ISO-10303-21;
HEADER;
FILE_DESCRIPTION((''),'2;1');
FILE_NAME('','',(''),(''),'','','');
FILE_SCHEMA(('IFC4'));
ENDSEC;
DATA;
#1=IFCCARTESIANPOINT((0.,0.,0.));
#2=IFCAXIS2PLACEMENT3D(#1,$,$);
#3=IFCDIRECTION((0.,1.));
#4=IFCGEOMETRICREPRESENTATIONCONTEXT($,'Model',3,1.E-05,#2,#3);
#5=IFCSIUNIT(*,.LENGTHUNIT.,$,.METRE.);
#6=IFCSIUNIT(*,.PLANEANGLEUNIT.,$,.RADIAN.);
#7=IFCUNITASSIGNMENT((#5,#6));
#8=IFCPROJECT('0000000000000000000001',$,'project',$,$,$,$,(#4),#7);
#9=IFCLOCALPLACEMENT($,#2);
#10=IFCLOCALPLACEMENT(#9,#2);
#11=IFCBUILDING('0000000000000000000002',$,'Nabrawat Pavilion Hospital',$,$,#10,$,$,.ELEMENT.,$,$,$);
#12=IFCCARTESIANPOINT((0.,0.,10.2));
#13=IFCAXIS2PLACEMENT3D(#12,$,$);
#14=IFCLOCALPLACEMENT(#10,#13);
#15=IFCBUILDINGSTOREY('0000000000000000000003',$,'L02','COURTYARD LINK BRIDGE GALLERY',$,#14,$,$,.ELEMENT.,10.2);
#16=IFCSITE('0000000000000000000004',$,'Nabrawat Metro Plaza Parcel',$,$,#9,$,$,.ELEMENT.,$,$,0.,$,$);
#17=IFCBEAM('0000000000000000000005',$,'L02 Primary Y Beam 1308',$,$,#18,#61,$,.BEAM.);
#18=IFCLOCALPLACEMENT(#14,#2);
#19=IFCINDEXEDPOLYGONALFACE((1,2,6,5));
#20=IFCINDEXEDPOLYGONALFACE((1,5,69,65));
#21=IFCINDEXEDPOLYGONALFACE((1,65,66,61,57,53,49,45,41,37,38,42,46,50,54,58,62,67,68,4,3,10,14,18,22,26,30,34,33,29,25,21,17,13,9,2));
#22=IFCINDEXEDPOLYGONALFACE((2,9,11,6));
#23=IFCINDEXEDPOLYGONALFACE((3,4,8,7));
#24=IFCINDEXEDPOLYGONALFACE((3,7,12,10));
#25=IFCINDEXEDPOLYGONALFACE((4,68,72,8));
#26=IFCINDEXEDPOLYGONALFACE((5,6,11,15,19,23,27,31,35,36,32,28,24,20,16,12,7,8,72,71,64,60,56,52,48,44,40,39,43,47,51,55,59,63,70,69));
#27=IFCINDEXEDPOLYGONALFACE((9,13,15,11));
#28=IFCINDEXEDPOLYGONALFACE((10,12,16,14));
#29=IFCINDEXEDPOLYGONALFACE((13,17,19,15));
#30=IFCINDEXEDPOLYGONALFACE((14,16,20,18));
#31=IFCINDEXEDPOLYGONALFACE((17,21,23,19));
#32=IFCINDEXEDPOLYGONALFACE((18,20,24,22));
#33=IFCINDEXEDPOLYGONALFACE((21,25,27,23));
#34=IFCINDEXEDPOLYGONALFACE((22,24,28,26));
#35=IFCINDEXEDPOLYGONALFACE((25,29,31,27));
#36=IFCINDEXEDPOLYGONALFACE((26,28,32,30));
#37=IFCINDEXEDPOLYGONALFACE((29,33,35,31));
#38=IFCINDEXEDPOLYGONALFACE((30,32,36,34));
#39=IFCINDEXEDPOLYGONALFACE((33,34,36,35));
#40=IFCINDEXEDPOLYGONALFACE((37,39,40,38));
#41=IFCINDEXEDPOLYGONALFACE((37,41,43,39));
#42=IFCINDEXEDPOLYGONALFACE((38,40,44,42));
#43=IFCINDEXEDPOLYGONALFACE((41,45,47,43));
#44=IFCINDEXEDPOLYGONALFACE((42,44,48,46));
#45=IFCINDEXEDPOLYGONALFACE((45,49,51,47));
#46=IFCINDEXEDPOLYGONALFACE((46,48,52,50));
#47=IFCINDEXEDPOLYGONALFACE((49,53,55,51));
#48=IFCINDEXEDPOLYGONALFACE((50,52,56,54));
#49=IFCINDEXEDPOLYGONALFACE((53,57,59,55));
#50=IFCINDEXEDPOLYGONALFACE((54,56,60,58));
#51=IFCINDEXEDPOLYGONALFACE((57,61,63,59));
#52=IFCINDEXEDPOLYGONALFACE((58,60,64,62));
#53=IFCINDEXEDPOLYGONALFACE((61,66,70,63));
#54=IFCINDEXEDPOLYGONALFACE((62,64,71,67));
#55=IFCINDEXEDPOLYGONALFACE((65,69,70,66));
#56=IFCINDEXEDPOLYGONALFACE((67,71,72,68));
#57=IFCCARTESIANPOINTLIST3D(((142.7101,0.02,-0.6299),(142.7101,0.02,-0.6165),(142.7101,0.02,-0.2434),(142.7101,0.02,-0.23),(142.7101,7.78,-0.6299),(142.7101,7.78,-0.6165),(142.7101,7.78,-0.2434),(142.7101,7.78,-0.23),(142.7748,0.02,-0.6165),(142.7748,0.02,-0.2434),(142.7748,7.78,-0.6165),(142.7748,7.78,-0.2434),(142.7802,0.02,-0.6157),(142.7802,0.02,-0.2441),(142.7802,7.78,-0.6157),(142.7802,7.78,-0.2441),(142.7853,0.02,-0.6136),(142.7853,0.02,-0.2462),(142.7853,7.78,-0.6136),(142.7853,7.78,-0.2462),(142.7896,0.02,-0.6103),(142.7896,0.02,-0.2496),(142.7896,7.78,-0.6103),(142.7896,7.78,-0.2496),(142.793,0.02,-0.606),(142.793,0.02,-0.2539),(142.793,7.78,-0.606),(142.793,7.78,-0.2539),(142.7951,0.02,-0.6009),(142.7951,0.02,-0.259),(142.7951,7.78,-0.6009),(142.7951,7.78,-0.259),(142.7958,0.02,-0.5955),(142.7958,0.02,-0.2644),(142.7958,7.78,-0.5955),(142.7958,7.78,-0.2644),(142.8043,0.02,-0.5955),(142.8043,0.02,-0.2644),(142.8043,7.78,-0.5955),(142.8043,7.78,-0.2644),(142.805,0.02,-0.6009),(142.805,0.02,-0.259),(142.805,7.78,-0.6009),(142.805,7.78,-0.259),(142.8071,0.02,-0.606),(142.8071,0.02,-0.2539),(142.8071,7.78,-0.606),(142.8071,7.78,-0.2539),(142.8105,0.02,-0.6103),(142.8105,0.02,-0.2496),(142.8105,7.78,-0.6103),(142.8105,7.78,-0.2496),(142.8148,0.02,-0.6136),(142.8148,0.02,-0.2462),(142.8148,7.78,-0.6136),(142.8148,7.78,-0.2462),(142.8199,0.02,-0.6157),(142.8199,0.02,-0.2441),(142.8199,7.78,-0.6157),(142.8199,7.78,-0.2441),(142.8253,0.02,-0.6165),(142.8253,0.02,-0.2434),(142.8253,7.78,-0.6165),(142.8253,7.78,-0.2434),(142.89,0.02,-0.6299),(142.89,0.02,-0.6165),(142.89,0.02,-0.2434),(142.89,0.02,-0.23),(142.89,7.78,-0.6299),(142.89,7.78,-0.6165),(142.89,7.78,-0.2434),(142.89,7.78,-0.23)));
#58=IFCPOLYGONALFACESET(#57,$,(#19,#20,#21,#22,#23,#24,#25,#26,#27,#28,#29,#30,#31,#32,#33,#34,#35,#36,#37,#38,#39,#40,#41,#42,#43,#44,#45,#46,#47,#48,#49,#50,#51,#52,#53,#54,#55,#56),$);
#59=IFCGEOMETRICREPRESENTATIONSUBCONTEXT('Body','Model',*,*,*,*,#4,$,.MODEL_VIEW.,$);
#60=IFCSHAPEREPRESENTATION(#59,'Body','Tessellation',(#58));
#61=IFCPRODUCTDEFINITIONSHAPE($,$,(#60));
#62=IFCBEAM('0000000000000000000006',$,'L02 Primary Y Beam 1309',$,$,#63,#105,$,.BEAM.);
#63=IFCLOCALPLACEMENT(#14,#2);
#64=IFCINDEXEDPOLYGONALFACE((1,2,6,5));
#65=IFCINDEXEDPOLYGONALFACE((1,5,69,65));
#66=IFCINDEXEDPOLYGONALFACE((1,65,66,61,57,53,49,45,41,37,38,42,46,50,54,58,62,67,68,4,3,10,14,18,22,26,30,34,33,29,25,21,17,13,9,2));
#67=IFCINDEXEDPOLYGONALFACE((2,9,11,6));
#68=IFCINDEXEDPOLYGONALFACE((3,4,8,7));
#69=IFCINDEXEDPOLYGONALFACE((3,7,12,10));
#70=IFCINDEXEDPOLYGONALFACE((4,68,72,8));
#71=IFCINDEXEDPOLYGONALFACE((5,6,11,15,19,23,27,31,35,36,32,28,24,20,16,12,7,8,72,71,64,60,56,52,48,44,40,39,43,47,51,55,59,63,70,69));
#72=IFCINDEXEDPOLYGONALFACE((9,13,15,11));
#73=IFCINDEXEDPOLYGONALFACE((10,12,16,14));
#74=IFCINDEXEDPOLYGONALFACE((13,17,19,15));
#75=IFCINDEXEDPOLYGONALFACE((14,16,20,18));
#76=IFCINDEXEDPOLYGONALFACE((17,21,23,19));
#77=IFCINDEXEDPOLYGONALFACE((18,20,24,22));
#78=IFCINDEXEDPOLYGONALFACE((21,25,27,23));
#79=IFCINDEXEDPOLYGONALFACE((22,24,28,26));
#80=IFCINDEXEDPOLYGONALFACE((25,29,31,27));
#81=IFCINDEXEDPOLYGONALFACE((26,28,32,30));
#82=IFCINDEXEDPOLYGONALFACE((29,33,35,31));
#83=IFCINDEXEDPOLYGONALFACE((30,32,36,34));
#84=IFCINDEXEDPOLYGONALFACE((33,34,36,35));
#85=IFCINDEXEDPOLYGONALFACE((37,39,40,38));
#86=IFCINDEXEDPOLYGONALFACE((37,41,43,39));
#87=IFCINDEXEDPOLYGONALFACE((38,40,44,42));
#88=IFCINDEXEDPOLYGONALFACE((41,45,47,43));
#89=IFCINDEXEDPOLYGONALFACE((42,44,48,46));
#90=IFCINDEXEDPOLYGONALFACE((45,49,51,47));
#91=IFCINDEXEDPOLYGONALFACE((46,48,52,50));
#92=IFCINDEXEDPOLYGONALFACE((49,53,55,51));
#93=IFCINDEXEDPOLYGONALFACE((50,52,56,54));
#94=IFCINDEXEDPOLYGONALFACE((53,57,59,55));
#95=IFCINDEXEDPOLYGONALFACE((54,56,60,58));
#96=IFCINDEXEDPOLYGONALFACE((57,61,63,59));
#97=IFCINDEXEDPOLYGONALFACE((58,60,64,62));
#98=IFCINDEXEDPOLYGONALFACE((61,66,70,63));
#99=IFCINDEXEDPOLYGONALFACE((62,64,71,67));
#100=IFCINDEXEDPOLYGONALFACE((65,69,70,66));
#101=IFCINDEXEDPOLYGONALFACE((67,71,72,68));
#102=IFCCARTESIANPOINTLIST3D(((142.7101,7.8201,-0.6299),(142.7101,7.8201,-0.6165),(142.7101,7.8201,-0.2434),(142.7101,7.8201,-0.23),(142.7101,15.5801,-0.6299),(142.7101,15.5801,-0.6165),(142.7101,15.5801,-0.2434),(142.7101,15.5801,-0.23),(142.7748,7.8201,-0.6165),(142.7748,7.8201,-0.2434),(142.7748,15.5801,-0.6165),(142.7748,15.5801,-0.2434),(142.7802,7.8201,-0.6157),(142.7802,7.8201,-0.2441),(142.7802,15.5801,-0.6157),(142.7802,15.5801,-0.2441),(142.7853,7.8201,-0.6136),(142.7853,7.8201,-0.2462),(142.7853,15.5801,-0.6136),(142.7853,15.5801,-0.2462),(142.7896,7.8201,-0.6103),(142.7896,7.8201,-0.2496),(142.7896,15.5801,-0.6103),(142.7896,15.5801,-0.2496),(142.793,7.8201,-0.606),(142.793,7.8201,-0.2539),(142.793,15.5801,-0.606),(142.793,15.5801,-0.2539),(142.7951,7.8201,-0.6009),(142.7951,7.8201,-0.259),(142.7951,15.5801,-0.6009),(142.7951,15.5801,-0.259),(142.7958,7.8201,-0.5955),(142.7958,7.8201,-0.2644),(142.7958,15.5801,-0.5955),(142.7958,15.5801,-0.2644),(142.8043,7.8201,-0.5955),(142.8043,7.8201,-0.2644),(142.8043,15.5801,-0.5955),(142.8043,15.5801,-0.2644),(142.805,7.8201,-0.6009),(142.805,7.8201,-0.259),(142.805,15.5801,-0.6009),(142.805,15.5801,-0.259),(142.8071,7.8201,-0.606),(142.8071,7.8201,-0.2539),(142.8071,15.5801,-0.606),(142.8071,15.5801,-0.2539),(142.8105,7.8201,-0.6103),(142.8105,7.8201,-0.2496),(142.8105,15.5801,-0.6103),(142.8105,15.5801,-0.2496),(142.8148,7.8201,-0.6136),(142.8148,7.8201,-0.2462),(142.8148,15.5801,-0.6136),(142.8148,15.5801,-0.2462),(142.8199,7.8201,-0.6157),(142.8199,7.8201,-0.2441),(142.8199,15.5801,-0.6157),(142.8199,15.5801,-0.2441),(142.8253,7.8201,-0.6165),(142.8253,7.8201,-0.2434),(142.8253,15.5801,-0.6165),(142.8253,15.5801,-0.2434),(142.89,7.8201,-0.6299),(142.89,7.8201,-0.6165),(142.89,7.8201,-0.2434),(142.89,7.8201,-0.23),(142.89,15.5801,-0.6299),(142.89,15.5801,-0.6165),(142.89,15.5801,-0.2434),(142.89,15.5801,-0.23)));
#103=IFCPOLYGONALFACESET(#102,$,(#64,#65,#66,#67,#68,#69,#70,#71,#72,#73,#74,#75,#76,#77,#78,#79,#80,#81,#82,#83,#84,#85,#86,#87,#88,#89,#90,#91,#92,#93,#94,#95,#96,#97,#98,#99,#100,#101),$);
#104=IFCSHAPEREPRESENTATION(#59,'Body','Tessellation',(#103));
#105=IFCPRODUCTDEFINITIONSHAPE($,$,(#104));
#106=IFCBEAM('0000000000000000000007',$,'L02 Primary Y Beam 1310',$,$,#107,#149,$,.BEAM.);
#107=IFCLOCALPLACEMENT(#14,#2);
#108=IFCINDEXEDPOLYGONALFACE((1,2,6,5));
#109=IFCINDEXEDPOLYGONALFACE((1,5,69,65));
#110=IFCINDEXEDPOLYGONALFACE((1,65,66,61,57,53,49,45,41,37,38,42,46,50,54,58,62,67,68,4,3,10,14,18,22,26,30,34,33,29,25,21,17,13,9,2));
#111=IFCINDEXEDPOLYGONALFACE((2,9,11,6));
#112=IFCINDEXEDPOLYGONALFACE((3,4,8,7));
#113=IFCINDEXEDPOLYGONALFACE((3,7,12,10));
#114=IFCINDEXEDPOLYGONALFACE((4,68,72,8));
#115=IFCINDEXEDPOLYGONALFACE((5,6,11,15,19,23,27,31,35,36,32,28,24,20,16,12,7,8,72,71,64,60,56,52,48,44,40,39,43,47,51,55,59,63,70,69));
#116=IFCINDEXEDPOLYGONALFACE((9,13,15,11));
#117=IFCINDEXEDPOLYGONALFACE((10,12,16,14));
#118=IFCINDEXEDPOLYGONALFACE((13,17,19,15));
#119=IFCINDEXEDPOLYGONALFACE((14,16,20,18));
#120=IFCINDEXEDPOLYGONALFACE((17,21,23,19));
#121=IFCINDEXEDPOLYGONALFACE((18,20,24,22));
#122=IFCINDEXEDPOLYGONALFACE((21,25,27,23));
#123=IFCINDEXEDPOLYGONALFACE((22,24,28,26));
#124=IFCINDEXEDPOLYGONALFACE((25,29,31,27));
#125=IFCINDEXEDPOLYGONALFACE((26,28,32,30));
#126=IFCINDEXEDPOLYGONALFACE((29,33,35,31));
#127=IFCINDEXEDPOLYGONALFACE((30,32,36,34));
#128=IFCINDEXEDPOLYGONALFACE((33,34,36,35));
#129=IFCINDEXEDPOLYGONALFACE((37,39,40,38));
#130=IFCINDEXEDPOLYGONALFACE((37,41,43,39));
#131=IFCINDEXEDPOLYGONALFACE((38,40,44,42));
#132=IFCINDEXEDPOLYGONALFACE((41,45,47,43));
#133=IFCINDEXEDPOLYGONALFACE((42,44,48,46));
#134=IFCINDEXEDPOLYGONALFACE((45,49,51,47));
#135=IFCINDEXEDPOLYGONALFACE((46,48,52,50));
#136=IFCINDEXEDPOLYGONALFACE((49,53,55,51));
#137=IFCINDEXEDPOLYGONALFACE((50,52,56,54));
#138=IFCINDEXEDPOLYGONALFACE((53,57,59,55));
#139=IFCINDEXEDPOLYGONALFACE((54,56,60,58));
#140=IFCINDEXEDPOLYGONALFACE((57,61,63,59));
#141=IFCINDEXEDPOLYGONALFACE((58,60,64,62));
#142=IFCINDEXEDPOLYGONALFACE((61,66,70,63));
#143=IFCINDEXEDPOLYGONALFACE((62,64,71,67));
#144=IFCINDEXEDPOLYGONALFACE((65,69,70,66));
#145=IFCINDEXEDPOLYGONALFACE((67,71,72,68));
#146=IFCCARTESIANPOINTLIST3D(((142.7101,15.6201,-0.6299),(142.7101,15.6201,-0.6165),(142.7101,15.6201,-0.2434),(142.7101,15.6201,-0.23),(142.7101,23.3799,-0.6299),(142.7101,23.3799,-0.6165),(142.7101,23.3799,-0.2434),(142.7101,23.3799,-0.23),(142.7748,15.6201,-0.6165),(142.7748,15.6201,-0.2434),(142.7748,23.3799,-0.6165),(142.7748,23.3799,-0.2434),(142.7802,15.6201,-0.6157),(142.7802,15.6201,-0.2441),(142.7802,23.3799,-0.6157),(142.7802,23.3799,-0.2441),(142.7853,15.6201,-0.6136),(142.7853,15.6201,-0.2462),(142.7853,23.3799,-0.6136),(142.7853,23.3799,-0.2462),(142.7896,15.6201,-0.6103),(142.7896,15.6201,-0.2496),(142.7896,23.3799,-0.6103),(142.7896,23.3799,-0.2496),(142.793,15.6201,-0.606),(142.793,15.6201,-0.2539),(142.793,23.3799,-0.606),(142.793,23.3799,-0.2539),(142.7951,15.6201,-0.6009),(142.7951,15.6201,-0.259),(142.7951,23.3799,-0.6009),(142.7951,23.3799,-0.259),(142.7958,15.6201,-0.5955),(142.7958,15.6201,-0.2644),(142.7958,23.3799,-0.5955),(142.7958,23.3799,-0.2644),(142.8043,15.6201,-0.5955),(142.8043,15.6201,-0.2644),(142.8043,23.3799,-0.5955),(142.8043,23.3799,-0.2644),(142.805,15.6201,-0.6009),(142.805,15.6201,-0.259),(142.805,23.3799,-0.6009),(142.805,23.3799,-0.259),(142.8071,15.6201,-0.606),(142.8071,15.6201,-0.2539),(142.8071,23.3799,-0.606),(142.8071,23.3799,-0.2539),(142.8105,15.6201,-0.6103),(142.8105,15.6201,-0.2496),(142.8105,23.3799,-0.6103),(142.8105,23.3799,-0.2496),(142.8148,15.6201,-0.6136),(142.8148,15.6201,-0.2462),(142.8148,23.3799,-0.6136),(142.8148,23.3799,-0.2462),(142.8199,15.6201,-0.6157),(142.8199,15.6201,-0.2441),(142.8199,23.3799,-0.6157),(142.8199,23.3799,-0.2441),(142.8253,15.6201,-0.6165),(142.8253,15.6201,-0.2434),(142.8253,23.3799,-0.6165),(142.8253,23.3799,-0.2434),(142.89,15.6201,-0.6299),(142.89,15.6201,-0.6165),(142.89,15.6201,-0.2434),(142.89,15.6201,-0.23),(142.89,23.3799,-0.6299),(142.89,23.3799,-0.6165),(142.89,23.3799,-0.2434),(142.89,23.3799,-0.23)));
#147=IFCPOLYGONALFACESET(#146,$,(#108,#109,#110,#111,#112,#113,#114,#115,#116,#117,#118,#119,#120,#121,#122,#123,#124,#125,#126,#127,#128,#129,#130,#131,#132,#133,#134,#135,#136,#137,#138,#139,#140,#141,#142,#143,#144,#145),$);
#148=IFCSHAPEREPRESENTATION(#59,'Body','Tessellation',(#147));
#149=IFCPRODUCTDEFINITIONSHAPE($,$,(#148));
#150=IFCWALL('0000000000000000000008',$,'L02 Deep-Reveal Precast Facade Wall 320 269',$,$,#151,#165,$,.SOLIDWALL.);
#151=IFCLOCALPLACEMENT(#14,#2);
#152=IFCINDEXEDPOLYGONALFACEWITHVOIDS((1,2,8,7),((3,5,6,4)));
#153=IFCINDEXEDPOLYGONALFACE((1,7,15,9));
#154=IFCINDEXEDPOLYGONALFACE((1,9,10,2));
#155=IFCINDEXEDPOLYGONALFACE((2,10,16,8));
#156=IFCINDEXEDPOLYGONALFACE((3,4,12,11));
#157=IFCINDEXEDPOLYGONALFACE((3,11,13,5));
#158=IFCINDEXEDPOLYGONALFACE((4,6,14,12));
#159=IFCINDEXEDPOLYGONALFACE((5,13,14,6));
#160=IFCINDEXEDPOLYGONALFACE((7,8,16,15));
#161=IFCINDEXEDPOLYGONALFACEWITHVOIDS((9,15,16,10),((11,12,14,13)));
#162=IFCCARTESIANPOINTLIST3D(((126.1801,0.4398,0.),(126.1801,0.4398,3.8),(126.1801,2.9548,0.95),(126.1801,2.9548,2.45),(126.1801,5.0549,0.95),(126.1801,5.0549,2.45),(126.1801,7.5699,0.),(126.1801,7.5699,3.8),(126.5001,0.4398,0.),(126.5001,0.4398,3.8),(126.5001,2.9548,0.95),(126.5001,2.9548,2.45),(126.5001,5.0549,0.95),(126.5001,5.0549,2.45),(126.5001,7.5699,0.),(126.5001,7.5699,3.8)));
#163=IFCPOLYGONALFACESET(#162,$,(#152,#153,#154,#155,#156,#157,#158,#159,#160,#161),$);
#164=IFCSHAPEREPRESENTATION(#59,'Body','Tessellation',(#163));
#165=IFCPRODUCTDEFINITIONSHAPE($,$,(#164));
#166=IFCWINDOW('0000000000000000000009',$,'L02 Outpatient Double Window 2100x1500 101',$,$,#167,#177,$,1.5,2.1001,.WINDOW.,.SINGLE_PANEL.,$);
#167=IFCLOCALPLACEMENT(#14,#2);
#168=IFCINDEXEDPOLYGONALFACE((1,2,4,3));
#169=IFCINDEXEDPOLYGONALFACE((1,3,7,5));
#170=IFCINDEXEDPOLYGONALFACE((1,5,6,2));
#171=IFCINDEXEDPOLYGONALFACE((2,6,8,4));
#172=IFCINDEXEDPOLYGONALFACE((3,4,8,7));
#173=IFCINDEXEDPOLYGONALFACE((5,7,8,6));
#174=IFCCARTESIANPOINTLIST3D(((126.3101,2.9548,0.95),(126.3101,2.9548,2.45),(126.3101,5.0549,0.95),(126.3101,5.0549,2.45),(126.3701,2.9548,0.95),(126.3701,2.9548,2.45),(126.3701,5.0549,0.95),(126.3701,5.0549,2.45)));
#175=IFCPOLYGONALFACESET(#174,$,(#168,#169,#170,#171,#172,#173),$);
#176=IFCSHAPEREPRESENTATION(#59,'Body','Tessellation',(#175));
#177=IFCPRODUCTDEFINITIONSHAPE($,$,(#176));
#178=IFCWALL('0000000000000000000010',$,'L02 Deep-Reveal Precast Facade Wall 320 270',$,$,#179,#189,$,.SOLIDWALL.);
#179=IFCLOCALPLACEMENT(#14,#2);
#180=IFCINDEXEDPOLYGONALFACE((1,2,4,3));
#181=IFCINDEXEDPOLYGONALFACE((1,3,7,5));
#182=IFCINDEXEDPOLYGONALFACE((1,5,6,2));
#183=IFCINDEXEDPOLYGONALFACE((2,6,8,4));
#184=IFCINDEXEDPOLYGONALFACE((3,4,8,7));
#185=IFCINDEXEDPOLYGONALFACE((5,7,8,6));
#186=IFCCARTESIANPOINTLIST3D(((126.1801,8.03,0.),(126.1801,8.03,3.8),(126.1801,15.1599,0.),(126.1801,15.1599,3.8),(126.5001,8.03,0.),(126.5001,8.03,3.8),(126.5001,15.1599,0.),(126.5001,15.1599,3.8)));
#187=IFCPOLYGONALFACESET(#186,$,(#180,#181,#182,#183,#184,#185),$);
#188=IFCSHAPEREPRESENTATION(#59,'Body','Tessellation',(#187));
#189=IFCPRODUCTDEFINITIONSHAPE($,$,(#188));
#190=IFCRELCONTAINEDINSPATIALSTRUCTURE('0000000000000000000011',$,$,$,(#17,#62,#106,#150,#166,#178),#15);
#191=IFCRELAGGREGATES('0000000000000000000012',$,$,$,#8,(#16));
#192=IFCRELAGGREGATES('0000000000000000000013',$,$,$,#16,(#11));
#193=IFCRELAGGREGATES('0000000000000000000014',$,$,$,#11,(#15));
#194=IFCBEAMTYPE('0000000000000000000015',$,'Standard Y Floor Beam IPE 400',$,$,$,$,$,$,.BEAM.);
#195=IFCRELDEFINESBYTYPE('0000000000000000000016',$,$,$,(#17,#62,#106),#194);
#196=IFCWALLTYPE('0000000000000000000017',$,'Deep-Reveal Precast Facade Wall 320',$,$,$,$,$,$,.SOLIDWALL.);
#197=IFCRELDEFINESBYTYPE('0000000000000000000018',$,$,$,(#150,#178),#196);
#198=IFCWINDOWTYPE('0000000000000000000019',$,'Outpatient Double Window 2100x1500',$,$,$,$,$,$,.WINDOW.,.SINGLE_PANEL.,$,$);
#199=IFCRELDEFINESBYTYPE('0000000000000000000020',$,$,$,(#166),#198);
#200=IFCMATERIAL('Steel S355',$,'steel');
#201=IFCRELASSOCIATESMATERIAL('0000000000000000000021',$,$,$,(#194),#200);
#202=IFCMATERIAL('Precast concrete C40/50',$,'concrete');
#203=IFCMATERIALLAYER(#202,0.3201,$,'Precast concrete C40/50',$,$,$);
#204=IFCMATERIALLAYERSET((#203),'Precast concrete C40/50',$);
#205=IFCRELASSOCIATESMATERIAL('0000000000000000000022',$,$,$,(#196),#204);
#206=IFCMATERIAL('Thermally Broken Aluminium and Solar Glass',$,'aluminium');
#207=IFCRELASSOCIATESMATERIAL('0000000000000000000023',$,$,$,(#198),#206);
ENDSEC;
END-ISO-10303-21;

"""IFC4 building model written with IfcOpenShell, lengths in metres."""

from ifc_helpers import new_model, si_unit, direction, frame, frame_2d, origin, origin_2d, place, context, subcontext, project, spatial, rectangle, i_section, extrude, material, layer, layer_set, material_profile, profile_set, type_object, element, fill, save


model = new_model("IFC4")

# Units and contexts
model_context = context("Model", 3, precision=1e-05, world=origin(), true_north=direction((0.0, 1.0)))
body_context = subcontext(model_context, "Body", "Model", "MODEL_VIEW")
ifc_project = project(units=[si_unit("LENGTHUNIT", "METRE"), si_unit("PLANEANGLEUNIT", "RADIAN")], contexts=[model_context])

# Site, building, storey
site_placement = place(None, origin())
site = spatial("IfcSite", under=ifc_project, at=site_placement, Name="Nabrawat Metro Plaza Parcel", CompositionType="ELEMENT", RefElevation=0.0)
building_placement = place(site_placement, origin())
building = spatial("IfcBuilding", under=site, at=building_placement, Name="Nabrawat Pavilion Hospital", CompositionType="ELEMENT")
storey_placement = place(building_placement, frame((0.0, 0.0, 10.2)))
storey = spatial("IfcBuildingStorey", under=building, at=storey_placement, Name="L02", Description="COURTYARD LINK BRIDGE GALLERY", CompositionType="ELEMENT", Elevation=10.2)

# Shared definitions
ifc_material_1 = material(Name="Steel S355", Category="steel")

# Beams
ifc_material_profile_1 = material_profile(ifc_material_1, i_section(OverallWidth=0.1799, OverallDepth=0.3999, WebThickness=0.0085, FlangeThickness=0.0134, FilletRadius=0.021, at=origin_2d()), Name="IPE 400")
ifc_profile_set_1 = profile_set([ifc_material_profile_1], Name="Steel S355")
beam_type_1 = type_object("IfcBeamType", Name="Standard Y Floor Beam IPE 400", PredefinedType="BEAM", material=ifc_profile_set_1)
for number, where, z_axis, x_axis, name in (
    (1, (142.8, 0.02, -0.4299), (0.0, 1.0, 0.0), (-1.0, 0.0, 0.0), "L02 Primary Y Beam 1308"),
    (2, (142.8, 7.8201, -0.4299), (0.0, 1.0, 0.0), (-1.0, 0.0, 0.0), "L02 Primary Y Beam 1309"),
):
    element("IfcBeam", number, at=place(storey_placement, frame(where, z_axis=z_axis, x_axis=x_axis)), inside=storey, type_object=beam_type_1, Name=name, PredefinedType="BEAM", context=body_context, shape_type="SweptSolid", body=[
        extrude(i_section(OverallWidth=0.1799, OverallDepth=0.3999, WebThickness=0.0085, FlangeThickness=0.0134, FilletRadius=0.021, at=origin_2d()), origin(), (0.0, 0.0, 1.0), 7.76),
    ])
beam_1_placement = place(storey_placement, frame((142.8, 15.6201, -0.4299), z_axis=(0.0, 1.0, 0.0), x_axis=(-1.0, 0.0, 0.0)))
element("IfcBeam", 3, at=beam_1_placement, inside=storey, type_object=beam_type_1, Name="L02 Primary Y Beam 1310", PredefinedType="BEAM", context=body_context, shape_type="SweptSolid", body=[
    extrude(i_section(OverallWidth=0.1799, OverallDepth=0.3999, WebThickness=0.0085, FlangeThickness=0.0134, FilletRadius=0.021, at=origin_2d()), origin(), (0.0, 0.0, 1.0), 7.7598),
])

# Wall, opening, window
ifc_material_2 = material(Name="Precast concrete C40/50", Category="concrete")
ifc_layer_1 = layer(ifc_material_2, 0.3201, Name="Precast concrete C40/50")
ifc_layer_set_1 = layer_set([ifc_layer_1], Name="Precast concrete C40/50")
wall_type_1 = type_object("IfcWallType", Name="Deep-Reveal Precast Facade Wall 320", PredefinedType="SOLIDWALL", material=ifc_layer_set_1)
wall_1_placement = place(storey_placement, frame((126.3401, 0.4399, 0.0), z_axis=(0.0, 0.0, 1.0), x_axis=(0.0, 1.0, 0.0)))
wall_1 = element("IfcWall", 4, at=wall_1_placement, inside=storey, type_object=wall_type_1, Name="L02 Deep-Reveal Precast Facade Wall 320 269", PredefinedType="SOLIDWALL", context=body_context, shape_type="SweptSolid", body=[
    extrude(rectangle(XDim=7.1301, YDim=0.3201, at=frame_2d((3.5649, 0.0))), origin(), (0.0, 0.0, 1.0), 3.8),
])
opening_1_placement = place(wall_1_placement, frame((2.5149, 0.0, 0.95)))
opening_1 = element("IfcOpeningElement", 5, at=opening_1_placement, cuts=wall_1, PredefinedType="OPENING", context=body_context, shape_type="SweptSolid", body=[
    extrude(rectangle(XDim=2.1001, YDim=1.5, at=frame_2d((1.05, 0.75))), frame((0.0, 0.1699, 0.0), z_axis=(0.0, -1.0, 0.0), x_axis=(1.0, 0.0, 0.0)), (0.0, 0.0, 1.0), 0.3401),
])
ifc_material_3 = material(Name="Thermally Broken Aluminium and Solar Glass", Category="aluminium")
window_type_1 = type_object("IfcWindowType", Name="Outpatient Double Window 2100x1500", PartitioningType="SINGLE_PANEL", PredefinedType="WINDOW", material=ifc_material_3)
window_1_placement = place(opening_1_placement, origin())
window_1 = element("IfcWindow", 6, at=window_1_placement, inside=storey, type_object=window_type_1, Name="L02 Outpatient Double Window 2100x1500 101", OverallHeight=1.5, OverallWidth=2.1001, PartitioningType="SINGLE_PANEL", PredefinedType="WINDOW", context=body_context, shape_type="SweptSolid", body=[
    extrude(rectangle(XDim=2.1001, YDim=1.5, at=frame_2d((1.05, 0.75))), frame((0.0, 0.03, 0.0), z_axis=(0.0, -1.0, 0.0), x_axis=(1.0, 0.0, 0.0)), (0.0, 0.0, 1.0), 0.0601),
])
fill(opening_1, window_1)

# Wall
wall_2_placement = place(storey_placement, frame((126.3401, 8.03, 0.0), z_axis=(0.0, 0.0, 1.0), x_axis=(0.0, 1.0, 0.0)))
element("IfcWall", 7, at=wall_2_placement, inside=storey, type_object=wall_type_1, Name="L02 Deep-Reveal Precast Facade Wall 320 270", PredefinedType="SOLIDWALL", context=body_context, shape_type="SweptSolid", body=[
    extrude(rectangle(XDim=7.1299, YDim=0.3201, at=frame_2d((3.5649, 0.0))), origin(), (0.0, 0.0, 1.0), 3.8),
])

save(model, "model.ifc")
